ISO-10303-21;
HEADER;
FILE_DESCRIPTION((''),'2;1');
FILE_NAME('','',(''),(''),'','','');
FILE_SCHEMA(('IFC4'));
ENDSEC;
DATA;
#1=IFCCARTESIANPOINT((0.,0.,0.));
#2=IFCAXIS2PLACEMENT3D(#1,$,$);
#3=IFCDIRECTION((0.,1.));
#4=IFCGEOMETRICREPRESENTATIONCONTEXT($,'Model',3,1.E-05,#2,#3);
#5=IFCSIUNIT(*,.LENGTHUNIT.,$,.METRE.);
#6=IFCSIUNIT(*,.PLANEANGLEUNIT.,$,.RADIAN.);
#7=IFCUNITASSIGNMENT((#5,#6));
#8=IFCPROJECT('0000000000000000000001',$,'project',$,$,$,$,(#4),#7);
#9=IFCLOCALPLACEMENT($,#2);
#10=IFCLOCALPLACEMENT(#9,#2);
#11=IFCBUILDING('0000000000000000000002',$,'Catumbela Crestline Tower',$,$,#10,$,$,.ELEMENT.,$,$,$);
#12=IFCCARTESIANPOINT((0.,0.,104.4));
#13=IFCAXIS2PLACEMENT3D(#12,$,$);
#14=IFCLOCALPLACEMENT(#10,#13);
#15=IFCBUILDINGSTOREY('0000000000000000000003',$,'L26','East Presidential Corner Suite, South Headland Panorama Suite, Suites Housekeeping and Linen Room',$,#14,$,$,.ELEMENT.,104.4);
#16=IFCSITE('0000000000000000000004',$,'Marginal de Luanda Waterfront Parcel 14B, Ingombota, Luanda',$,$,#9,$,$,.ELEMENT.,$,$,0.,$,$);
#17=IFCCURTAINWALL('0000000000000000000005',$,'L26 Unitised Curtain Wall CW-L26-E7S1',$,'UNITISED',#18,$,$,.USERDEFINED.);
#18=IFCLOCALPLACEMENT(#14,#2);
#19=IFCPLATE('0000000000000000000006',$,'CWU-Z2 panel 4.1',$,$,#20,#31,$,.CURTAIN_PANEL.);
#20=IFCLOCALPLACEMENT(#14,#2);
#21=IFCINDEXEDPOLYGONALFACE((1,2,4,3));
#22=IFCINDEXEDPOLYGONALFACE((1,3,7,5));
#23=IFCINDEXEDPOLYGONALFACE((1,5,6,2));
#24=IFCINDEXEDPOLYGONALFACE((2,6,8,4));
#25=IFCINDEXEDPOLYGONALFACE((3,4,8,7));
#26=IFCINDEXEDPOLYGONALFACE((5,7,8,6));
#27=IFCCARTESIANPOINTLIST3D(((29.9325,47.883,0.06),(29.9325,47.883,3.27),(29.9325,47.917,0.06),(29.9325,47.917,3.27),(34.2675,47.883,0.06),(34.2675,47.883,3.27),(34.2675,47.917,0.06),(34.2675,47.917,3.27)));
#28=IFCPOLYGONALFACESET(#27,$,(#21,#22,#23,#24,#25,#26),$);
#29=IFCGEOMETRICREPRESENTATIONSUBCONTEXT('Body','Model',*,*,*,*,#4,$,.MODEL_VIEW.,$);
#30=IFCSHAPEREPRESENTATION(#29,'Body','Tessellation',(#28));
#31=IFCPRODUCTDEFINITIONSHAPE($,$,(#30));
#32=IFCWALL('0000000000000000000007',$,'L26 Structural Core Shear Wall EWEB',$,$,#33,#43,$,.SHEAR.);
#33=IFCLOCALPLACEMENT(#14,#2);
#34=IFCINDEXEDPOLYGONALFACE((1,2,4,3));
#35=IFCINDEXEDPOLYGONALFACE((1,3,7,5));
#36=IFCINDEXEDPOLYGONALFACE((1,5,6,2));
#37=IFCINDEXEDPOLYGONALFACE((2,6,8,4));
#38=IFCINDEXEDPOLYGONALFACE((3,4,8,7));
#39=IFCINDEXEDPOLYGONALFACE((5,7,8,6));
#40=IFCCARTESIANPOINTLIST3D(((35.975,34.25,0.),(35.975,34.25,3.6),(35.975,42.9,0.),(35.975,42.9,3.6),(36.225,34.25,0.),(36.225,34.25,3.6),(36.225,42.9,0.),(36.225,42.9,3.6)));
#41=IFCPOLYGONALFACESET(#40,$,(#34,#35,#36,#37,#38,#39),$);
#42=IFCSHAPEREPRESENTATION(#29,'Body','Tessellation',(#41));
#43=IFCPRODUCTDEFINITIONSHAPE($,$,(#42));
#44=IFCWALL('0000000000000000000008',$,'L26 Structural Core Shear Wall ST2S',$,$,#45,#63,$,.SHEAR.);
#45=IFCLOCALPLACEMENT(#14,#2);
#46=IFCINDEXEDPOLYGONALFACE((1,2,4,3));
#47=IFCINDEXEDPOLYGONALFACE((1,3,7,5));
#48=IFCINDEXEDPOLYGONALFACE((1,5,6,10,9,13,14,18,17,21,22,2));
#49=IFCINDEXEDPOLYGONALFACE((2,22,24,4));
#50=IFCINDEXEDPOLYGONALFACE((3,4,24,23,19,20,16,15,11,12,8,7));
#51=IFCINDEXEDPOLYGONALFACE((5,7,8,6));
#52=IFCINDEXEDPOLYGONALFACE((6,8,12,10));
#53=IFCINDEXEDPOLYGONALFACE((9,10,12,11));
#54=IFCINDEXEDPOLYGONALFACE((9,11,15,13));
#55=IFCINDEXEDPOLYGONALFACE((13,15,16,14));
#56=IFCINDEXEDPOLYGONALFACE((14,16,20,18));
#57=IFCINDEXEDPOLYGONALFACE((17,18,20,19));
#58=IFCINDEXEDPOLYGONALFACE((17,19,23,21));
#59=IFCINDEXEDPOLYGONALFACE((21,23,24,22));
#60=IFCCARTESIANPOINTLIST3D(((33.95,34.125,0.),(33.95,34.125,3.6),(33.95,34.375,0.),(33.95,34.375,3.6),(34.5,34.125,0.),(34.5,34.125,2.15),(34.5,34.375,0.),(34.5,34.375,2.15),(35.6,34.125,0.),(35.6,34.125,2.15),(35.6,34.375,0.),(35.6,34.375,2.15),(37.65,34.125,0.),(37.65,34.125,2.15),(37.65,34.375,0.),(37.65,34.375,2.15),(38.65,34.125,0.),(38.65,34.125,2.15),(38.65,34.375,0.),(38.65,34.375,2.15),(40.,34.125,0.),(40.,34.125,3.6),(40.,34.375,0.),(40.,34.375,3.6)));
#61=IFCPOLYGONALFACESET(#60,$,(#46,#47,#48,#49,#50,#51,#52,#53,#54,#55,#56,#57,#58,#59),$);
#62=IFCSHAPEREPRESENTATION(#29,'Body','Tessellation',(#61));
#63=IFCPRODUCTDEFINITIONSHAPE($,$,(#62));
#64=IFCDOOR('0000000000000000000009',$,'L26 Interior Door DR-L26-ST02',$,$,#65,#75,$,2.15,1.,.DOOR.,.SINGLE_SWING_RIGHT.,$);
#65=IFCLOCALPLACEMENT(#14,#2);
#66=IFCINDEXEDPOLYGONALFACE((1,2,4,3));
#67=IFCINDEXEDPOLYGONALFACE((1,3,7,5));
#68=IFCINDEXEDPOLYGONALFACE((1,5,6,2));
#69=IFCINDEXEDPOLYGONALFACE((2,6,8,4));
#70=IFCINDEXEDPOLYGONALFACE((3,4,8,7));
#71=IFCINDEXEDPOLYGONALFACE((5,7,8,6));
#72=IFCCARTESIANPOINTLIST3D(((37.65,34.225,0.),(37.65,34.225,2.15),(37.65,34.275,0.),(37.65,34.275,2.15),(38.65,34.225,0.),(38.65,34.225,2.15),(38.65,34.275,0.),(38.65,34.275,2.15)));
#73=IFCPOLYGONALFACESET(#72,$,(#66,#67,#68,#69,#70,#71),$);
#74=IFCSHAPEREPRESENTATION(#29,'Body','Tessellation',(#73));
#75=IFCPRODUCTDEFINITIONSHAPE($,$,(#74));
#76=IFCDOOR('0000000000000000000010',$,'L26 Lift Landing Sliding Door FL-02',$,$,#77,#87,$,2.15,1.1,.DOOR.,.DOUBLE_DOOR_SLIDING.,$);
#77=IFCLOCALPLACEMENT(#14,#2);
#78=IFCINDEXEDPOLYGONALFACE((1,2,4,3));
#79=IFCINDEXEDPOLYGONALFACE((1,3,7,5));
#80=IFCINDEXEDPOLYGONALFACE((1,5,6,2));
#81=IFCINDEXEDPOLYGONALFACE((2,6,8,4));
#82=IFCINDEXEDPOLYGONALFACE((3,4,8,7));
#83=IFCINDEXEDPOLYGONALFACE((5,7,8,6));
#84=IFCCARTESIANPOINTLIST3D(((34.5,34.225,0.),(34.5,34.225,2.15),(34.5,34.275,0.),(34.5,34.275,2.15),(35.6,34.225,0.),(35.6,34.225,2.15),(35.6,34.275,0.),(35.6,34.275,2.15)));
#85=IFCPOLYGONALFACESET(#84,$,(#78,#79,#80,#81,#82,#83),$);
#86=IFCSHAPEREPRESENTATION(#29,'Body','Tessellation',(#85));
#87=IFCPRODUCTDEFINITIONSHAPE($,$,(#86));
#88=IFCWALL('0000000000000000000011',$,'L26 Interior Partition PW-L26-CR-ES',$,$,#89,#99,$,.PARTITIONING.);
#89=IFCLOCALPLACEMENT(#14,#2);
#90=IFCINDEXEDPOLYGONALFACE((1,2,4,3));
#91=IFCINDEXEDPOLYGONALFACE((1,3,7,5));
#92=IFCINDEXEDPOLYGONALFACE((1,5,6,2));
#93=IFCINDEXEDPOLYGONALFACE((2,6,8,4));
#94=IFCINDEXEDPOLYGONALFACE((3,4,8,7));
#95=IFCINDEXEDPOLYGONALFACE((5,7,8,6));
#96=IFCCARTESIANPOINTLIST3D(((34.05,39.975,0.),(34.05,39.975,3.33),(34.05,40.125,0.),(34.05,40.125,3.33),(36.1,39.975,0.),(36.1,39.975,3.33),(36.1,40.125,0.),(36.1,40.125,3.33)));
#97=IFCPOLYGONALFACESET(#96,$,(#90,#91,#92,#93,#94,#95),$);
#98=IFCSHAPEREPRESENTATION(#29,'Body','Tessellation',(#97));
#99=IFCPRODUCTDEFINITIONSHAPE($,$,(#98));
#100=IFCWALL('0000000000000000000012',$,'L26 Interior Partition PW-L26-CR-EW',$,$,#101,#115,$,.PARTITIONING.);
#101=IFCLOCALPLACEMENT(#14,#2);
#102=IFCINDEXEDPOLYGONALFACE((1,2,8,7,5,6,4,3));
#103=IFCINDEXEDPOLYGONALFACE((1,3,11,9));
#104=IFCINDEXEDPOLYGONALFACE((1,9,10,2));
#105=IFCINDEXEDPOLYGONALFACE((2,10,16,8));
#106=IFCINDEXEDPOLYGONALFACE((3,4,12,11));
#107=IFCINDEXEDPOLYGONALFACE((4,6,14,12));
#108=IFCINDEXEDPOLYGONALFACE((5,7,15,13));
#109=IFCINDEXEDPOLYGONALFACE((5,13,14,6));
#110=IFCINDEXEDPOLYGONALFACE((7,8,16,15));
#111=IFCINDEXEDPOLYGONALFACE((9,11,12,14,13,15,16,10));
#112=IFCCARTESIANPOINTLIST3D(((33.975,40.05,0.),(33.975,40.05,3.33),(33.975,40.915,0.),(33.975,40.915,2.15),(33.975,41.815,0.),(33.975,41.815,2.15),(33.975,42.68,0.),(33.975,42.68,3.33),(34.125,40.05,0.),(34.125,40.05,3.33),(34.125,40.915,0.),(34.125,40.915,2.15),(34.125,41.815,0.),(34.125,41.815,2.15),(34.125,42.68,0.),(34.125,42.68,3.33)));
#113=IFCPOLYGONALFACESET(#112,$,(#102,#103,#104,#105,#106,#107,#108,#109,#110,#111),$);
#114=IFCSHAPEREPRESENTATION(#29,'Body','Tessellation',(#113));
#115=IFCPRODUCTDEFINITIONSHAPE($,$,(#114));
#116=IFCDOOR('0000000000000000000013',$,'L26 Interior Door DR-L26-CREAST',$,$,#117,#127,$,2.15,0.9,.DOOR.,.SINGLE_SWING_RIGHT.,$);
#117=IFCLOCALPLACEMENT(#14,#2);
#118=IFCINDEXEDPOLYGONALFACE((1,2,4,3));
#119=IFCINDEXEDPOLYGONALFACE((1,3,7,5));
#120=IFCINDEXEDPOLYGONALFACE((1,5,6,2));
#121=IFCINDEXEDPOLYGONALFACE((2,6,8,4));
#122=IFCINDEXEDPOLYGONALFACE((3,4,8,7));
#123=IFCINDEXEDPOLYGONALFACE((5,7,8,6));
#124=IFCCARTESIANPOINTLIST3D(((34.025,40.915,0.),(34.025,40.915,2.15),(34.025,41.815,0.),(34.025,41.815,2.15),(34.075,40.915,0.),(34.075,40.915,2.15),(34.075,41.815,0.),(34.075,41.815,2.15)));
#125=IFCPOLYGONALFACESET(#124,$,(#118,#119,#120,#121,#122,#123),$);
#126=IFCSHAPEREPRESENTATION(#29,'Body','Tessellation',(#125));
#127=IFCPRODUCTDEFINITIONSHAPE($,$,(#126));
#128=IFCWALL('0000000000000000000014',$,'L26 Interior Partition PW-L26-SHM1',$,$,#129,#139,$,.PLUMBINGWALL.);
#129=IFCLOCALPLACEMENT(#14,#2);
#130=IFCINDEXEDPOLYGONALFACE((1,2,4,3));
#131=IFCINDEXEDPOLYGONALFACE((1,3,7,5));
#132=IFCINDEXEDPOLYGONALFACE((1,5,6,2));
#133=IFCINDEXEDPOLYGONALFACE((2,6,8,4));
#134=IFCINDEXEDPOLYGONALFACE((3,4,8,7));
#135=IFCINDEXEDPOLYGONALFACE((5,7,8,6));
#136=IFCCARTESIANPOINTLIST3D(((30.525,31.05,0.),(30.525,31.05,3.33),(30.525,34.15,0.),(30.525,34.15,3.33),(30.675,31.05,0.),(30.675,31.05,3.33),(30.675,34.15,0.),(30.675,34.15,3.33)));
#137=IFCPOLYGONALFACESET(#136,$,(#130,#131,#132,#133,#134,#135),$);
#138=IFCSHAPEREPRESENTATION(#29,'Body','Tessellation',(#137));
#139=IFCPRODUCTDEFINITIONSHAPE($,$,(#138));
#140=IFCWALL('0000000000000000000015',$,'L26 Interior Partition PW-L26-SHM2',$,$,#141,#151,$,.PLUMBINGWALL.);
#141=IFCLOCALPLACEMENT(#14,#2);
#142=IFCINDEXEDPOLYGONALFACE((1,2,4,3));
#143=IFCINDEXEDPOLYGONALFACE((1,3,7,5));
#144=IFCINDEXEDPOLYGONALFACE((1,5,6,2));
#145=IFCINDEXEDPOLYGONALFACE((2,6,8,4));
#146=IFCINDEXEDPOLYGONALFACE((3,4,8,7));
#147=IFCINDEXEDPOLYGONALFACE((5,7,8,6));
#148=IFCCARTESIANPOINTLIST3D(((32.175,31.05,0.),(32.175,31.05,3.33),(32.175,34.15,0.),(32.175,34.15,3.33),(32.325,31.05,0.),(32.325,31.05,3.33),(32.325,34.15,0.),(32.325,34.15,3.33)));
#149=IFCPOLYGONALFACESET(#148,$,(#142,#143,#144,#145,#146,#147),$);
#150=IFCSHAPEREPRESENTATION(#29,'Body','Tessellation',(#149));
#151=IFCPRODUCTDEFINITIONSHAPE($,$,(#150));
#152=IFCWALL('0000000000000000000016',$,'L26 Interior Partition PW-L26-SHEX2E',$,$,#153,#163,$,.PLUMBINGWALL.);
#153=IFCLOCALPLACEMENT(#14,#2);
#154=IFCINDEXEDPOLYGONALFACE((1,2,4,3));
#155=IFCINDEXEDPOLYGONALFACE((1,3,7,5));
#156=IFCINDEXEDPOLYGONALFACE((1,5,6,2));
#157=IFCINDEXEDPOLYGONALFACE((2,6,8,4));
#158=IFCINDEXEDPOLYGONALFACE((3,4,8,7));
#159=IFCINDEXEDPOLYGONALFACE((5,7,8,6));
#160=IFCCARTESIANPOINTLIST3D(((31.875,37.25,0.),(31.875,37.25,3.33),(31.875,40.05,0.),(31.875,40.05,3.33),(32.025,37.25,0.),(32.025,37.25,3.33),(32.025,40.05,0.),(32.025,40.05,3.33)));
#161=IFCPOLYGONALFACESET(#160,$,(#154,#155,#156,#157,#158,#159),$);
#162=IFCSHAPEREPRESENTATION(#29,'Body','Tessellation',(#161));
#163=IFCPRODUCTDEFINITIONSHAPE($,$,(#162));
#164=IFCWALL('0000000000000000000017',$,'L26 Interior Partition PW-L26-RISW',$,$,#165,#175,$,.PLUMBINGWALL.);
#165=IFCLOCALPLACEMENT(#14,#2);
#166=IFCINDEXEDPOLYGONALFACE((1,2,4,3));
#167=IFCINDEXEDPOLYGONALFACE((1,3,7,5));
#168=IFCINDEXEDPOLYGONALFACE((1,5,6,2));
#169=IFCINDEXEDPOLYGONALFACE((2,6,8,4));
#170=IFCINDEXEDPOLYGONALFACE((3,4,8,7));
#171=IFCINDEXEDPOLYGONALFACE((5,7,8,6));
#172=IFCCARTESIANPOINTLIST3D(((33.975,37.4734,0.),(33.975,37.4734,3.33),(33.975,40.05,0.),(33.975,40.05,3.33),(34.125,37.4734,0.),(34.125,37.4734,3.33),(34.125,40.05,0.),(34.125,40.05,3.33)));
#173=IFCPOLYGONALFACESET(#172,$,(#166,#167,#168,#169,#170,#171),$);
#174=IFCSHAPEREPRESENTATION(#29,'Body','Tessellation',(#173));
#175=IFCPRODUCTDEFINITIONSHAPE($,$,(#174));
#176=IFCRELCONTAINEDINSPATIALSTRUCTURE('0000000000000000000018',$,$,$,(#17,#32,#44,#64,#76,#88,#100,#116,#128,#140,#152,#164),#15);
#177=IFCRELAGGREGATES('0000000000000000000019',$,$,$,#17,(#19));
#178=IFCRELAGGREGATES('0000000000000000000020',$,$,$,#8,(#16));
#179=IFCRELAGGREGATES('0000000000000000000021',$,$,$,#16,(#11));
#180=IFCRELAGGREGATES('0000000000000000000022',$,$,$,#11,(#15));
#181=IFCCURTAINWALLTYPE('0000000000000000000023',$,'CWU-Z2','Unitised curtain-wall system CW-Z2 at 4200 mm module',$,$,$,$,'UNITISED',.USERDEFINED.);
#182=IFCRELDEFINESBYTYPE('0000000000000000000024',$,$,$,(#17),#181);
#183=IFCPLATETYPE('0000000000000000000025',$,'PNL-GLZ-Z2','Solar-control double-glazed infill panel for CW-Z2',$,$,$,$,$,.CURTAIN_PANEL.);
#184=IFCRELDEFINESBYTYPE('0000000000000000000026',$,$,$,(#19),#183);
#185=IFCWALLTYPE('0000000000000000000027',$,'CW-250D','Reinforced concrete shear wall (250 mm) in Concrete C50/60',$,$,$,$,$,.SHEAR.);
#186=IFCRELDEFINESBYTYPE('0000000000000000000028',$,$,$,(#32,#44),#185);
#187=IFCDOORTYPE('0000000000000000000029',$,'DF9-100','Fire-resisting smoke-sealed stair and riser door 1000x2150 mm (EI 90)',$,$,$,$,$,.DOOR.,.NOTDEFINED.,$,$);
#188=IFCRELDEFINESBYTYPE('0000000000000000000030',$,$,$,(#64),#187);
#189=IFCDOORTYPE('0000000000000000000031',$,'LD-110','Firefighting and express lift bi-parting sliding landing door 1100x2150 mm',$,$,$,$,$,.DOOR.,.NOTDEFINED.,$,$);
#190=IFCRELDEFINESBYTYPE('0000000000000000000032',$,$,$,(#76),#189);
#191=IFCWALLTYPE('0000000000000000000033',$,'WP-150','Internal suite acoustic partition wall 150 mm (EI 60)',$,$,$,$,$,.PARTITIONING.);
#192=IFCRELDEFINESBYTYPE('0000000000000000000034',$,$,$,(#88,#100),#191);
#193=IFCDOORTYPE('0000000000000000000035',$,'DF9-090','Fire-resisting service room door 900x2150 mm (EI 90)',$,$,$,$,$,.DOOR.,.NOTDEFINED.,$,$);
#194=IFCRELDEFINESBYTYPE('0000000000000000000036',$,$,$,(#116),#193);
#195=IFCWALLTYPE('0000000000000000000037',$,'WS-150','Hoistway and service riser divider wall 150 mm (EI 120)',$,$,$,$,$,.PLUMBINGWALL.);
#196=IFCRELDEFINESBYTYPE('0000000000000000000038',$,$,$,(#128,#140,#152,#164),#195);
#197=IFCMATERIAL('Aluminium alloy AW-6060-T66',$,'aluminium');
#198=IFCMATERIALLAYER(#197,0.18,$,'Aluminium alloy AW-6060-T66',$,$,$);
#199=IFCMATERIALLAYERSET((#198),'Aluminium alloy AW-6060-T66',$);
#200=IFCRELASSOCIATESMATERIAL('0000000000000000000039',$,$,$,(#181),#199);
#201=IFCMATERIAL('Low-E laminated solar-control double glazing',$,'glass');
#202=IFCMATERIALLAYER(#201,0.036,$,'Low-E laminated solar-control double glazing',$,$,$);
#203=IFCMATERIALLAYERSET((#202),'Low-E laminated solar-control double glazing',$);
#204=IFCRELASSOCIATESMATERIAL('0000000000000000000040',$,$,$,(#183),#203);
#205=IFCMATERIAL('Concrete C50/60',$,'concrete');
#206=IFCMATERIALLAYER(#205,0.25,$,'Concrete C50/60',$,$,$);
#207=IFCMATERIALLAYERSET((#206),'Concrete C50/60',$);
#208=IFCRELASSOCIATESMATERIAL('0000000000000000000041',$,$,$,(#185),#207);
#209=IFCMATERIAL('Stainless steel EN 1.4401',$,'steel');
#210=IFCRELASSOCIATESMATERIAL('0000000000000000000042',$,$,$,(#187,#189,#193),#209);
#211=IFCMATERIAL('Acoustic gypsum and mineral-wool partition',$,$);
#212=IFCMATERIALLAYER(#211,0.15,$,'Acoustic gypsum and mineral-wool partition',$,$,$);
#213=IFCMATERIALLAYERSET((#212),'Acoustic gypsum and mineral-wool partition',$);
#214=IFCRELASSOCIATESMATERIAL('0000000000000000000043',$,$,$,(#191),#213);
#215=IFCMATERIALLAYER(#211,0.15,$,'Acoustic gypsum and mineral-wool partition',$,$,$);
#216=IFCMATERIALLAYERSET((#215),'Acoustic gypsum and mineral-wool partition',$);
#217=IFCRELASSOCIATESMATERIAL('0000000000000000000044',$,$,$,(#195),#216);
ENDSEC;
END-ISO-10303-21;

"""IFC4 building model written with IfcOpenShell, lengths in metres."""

from ifc_helpers import new_model, si_unit, direction, frame, frame_2d, origin, origin_2d, place, context, subcontext, project, spatial, rectangle, extrude, material, layer, layer_set, type_object, element, fill, aggregate, save


model = new_model("IFC4")

# Units and contexts
model_context = context("Model", 3, precision=1e-05, world=origin(), true_north=direction((0.0, 1.0)))
body_context = subcontext(model_context, "Body", "Model", "MODEL_VIEW")
ifc_project = project(units=[si_unit("LENGTHUNIT", "METRE"), si_unit("PLANEANGLEUNIT", "RADIAN")], contexts=[model_context])

# Site, building, storey
site_placement = place(None, origin())
site = spatial("IfcSite", under=ifc_project, at=site_placement, Name="Marginal de Luanda Waterfront Parcel 14B, Ingombota, Luanda", CompositionType="ELEMENT", RefElevation=0.0)
building_placement = place(site_placement, origin())
building = spatial("IfcBuilding", under=site, at=building_placement, Name="Catumbela Crestline Tower", CompositionType="ELEMENT")
storey_placement = place(building_placement, frame((0.0, 0.0, 104.4)))
storey = spatial("IfcBuildingStorey", under=building, at=storey_placement, Name="L26", Description="East Presidential Corner Suite, South Headland Panorama Suite, Suites Housekeeping and Linen Room", CompositionType="ELEMENT", Elevation=104.4)

# Shared definitions
ifc_material_1 = material(Name="Concrete C50/60", Category="concrete")

# Curtain wall
ifc_material_2 = material(Name="Aluminium alloy AW-6060-T66", Category="aluminium")
ifc_layer_1 = layer(ifc_material_2, 0.18, Name="Aluminium alloy AW-6060-T66")
ifc_layer_set_1 = layer_set([ifc_layer_1], Name="Aluminium alloy AW-6060-T66")
curtain_wall_type = type_object("IfcCurtainWallType", Name="CWU-Z2", Description="Unitised curtain-wall system CW-Z2 at 4200 mm module", ElementType="UNITISED", PredefinedType="USERDEFINED", material=ifc_layer_set_1)
curtain_wall_placement = place(storey_placement, origin())
curtain_wall = element("IfcCurtainWall", 1, at=curtain_wall_placement, inside=storey, type_object=curtain_wall_type, Name="L26 Unitised Curtain Wall CW-L26-E7S1", ObjectType="UNITISED", PredefinedType="USERDEFINED")

# Plate
ifc_material_3 = material(Name="Low-E laminated solar-control double glazing", Category="glass")
ifc_layer_2 = layer(ifc_material_3, 0.036, Name="Low-E laminated solar-control double glazing")
ifc_layer_set_2 = layer_set([ifc_layer_2], Name="Low-E laminated solar-control double glazing")
plate_type = type_object("IfcPlateType", Name="PNL-GLZ-Z2", Description="Solar-control double-glazed infill panel for CW-Z2", PredefinedType="CURTAIN_PANEL", material=ifc_layer_set_2)
plate_1_placement = place(storey_placement, frame((32.1, 47.9, 0.06), z_axis=(0.0, 0.0, 1.0), x_axis=(-1.0, 0.0, 0.0)))
plate_1 = element("IfcPlate", 2, at=plate_1_placement, type_object=plate_type, Name="CWU-Z2 panel 4.1", PredefinedType="CURTAIN_PANEL", context=body_context, shape_type="SweptSolid", body=[
    extrude(rectangle(XDim=4.335, YDim=0.034, at=origin_2d()), origin(), (0.0, 0.0, 1.0), 3.21),
])
aggregate(curtain_wall, [plate_1])

# Wall
ifc_layer_3 = layer(ifc_material_1, 0.25, Name="Concrete C50/60")
ifc_layer_set_3 = layer_set([ifc_layer_3], Name="Concrete C50/60")
wall_type_1 = type_object("IfcWallType", Name="CW-250D", Description="Reinforced concrete shear wall (250 mm) in Concrete C50/60", PredefinedType="SHEAR", material=ifc_layer_set_3)
wall_1_placement = place(storey_placement, frame((36.1, 34.25, 0.0), z_axis=(0.0, 0.0, 1.0), x_axis=(0.0, 1.0, 0.0)))
element("IfcWall", 3, at=wall_1_placement, inside=storey, type_object=wall_type_1, Name="L26 Structural Core Shear Wall EWEB", PredefinedType="SHEAR", context=body_context, shape_type="SweptSolid", body=[
    extrude(rectangle(XDim=8.65, YDim=0.25, at=frame_2d((4.325, 0.0))), origin(), (0.0, 0.0, 1.0), 3.6),
])

# Wall, openings, doors
wall_2_placement = place(storey_placement, frame((33.95, 34.25, 0.0), z_axis=(0.0, 0.0, 1.0), x_axis=(1.0, 0.0, 0.0)))
wall_2 = element("IfcWall", 4, at=wall_2_placement, inside=storey, type_object=wall_type_1, Name="L26 Structural Core Shear Wall ST2S", PredefinedType="SHEAR", context=body_context, shape_type="SweptSolid", body=[
    extrude(rectangle(XDim=6.05, YDim=0.25, at=frame_2d((3.025, 0.0))), origin(), (0.0, 0.0, 1.0), 3.6),
])
opening_1_placement = place(wall_2_placement, frame((3.7, 0.0, 0.0)))
opening_1 = element("IfcOpeningElement", 5, at=opening_1_placement, cuts=wall_2, PredefinedType="OPENING", context=body_context, shape_type="SweptSolid", body=[
    extrude(rectangle(XDim=1.0, YDim=2.15, at=frame_2d((0.5, 1.075))), frame((0.0, 0.135, 0.0), z_axis=(0.0, -1.0, 0.0), x_axis=(1.0, 0.0, 0.0)), (0.0, 0.0, 1.0), 0.27),
])
opening_2_placement = place(wall_2_placement, frame((0.55, 0.0, 0.0)))
opening_2 = element("IfcOpeningElement", 6, at=opening_2_placement, cuts=wall_2, PredefinedType="OPENING", context=body_context, shape_type="SweptSolid", body=[
    extrude(rectangle(XDim=1.1, YDim=2.15, at=frame_2d((0.55, 1.075))), frame((0.0, 0.135, 0.0), z_axis=(0.0, -1.0, 0.0), x_axis=(1.0, 0.0, 0.0)), (0.0, 0.0, 1.0), 0.27),
])
ifc_material_4 = material(Name="Stainless steel EN 1.4401", Category="steel")
door_type_1 = type_object("IfcDoorType", Name="DF9-100", Description="Fire-resisting smoke-sealed stair and riser door 1000x2150 mm (EI 90)", OperationType="NOTDEFINED", PredefinedType="DOOR", material=ifc_material_4)
door_1_placement = place(opening_1_placement, origin())
door_1 = element("IfcDoor", 7, at=door_1_placement, inside=storey, type_object=door_type_1, Name="L26 Interior Door DR-L26-ST02", OperationType="SINGLE_SWING_RIGHT", OverallHeight=2.15, OverallWidth=1.0, PredefinedType="DOOR", context=body_context, shape_type="SweptSolid", body=[
    extrude(rectangle(XDim=1.0, YDim=2.15, at=frame_2d((0.5, 1.075))), frame((0.0, 0.025, 0.0), z_axis=(0.0, -1.0, 0.0), x_axis=(1.0, 0.0, 0.0)), (0.0, 0.0, 1.0), 0.05),
])
fill(opening_1, door_1)
door_type_2 = type_object("IfcDoorType", Name="LD-110", Description="Firefighting and express lift bi-parting sliding landing door 1100x2150 mm", OperationType="NOTDEFINED", PredefinedType="DOOR", material=ifc_material_4)
door_2_placement = place(opening_2_placement, origin())
door_2 = element("IfcDoor", 8, at=door_2_placement, inside=storey, type_object=door_type_2, Name="L26 Lift Landing Sliding Door FL-02", OperationType="DOUBLE_DOOR_SLIDING", OverallHeight=2.15, OverallWidth=1.1, PredefinedType="DOOR", context=body_context, shape_type="SweptSolid", body=[
    extrude(rectangle(XDim=1.1, YDim=2.15, at=frame_2d((0.55, 1.075))), frame((0.0, 0.025, 0.0), z_axis=(0.0, -1.0, 0.0), x_axis=(1.0, 0.0, 0.0)), (0.0, 0.0, 1.0), 0.05),
])
fill(opening_2, door_2)

# Wall
ifc_material_5 = material(Name="Acoustic gypsum and mineral-wool partition")
ifc_layer_4 = layer(ifc_material_5, 0.15, Name="Acoustic gypsum and mineral-wool partition")
ifc_layer_set_4 = layer_set([ifc_layer_4], Name="Acoustic gypsum and mineral-wool partition")
wall_type_2 = type_object("IfcWallType", Name="WP-150", Description="Internal suite acoustic partition wall 150 mm (EI 60)", PredefinedType="PARTITIONING", material=ifc_layer_set_4)
wall_3_placement = place(storey_placement, frame((34.05, 40.05, 0.0), z_axis=(0.0, 0.0, 1.0), x_axis=(1.0, 0.0, 0.0)))
element("IfcWall", 9, at=wall_3_placement, inside=storey, type_object=wall_type_2, Name="L26 Interior Partition PW-L26-CR-ES", PredefinedType="PARTITIONING", context=body_context, shape_type="SweptSolid", body=[
    extrude(rectangle(XDim=2.05, YDim=0.15, at=frame_2d((1.025, 0.0))), origin(), (0.0, 0.0, 1.0), 3.33),
])

# Wall, opening, door
wall_4_placement = place(storey_placement, frame((34.05, 40.05, 0.0), z_axis=(0.0, 0.0, 1.0), x_axis=(0.0, 1.0, 0.0)))
wall_4 = element("IfcWall", 10, at=wall_4_placement, inside=storey, type_object=wall_type_2, Name="L26 Interior Partition PW-L26-CR-EW", PredefinedType="PARTITIONING", context=body_context, shape_type="SweptSolid", body=[
    extrude(rectangle(XDim=2.63, YDim=0.15, at=frame_2d((1.315, 0.0))), origin(), (0.0, 0.0, 1.0), 3.33),
])
opening_3_placement = place(wall_4_placement, frame((0.865, 0.0, 0.0)))
opening_3 = element("IfcOpeningElement", 11, at=opening_3_placement, cuts=wall_4, PredefinedType="OPENING", context=body_context, shape_type="SweptSolid", body=[
    extrude(rectangle(XDim=0.9, YDim=2.15, at=frame_2d((0.45, 1.075))), frame((0.0, 0.085, 0.0), z_axis=(0.0, -1.0, 0.0), x_axis=(1.0, 0.0, 0.0)), (0.0, 0.0, 1.0), 0.17),
])
door_type_3 = type_object("IfcDoorType", Name="DF9-090", Description="Fire-resisting service room door 900x2150 mm (EI 90)", OperationType="NOTDEFINED", PredefinedType="DOOR", material=ifc_material_4)
door_3_placement = place(opening_3_placement, origin())
door_3 = element("IfcDoor", 12, at=door_3_placement, inside=storey, type_object=door_type_3, Name="L26 Interior Door DR-L26-CREAST", OperationType="SINGLE_SWING_RIGHT", OverallHeight=2.15, OverallWidth=0.9, PredefinedType="DOOR", context=body_context, shape_type="SweptSolid", body=[
    extrude(rectangle(XDim=0.9, YDim=2.15, at=frame_2d((0.45, 1.075))), frame((0.0, 0.025, 0.0), z_axis=(0.0, -1.0, 0.0), x_axis=(1.0, 0.0, 0.0)), (0.0, 0.0, 1.0), 0.05),
])
fill(opening_3, door_3)

# Walls
ifc_layer_5 = layer(ifc_material_5, 0.15, Name="Acoustic gypsum and mineral-wool partition")
ifc_layer_set_5 = layer_set([ifc_layer_5], Name="Acoustic gypsum and mineral-wool partition")
wall_type_3 = type_object("IfcWallType", Name="WS-150", Description="Hoistway and service riser divider wall 150 mm (EI 120)", PredefinedType="PLUMBINGWALL", material=ifc_layer_set_5)
for number, where, z_axis, x_axis, name in (
    (13, (30.6, 31.05, 0.0), (0.0, 0.0, 1.0), (0.0, 1.0, 0.0), "L26 Interior Partition PW-L26-SHM1"),
    (14, (32.25, 31.05, 0.0), (0.0, 0.0, 1.0), (0.0, 1.0, 0.0), "L26 Interior Partition PW-L26-SHM2"),
):
    element("IfcWall", number, at=place(storey_placement, frame(where, z_axis=z_axis, x_axis=x_axis)), inside=storey, type_object=wall_type_3, Name=name, PredefinedType="PLUMBINGWALL", context=body_context, shape_type="SweptSolid", body=[
        extrude(rectangle(XDim=3.1, YDim=0.15, at=frame_2d((1.55, 0.0))), origin(), (0.0, 0.0, 1.0), 3.33),
    ])
wall_5_placement = place(storey_placement, frame((31.95, 37.25, 0.0), z_axis=(0.0, 0.0, 1.0), x_axis=(0.0, 1.0, 0.0)))
element("IfcWall", 15, at=wall_5_placement, inside=storey, type_object=wall_type_3, Name="L26 Interior Partition PW-L26-SHEX2E", PredefinedType="PLUMBINGWALL", context=body_context, shape_type="SweptSolid", body=[
    extrude(rectangle(XDim=2.8, YDim=0.15, at=frame_2d((1.4, 0.0))), origin(), (0.0, 0.0, 1.0), 3.33),
])
wall_6_placement = place(storey_placement, frame((34.05, 37.4734, 0.0), z_axis=(0.0, 0.0, 1.0), x_axis=(0.0, 1.0, 0.0)))
element("IfcWall", 16, at=wall_6_placement, inside=storey, type_object=wall_type_3, Name="L26 Interior Partition PW-L26-RISW", PredefinedType="PLUMBINGWALL", context=body_context, shape_type="SweptSolid", body=[
    extrude(rectangle(XDim=2.5766, YDim=0.15, at=frame_2d((1.2883, 0.0))), origin(), (0.0, 0.0, 1.0), 3.33),
])

save(model, "model.ifc")
